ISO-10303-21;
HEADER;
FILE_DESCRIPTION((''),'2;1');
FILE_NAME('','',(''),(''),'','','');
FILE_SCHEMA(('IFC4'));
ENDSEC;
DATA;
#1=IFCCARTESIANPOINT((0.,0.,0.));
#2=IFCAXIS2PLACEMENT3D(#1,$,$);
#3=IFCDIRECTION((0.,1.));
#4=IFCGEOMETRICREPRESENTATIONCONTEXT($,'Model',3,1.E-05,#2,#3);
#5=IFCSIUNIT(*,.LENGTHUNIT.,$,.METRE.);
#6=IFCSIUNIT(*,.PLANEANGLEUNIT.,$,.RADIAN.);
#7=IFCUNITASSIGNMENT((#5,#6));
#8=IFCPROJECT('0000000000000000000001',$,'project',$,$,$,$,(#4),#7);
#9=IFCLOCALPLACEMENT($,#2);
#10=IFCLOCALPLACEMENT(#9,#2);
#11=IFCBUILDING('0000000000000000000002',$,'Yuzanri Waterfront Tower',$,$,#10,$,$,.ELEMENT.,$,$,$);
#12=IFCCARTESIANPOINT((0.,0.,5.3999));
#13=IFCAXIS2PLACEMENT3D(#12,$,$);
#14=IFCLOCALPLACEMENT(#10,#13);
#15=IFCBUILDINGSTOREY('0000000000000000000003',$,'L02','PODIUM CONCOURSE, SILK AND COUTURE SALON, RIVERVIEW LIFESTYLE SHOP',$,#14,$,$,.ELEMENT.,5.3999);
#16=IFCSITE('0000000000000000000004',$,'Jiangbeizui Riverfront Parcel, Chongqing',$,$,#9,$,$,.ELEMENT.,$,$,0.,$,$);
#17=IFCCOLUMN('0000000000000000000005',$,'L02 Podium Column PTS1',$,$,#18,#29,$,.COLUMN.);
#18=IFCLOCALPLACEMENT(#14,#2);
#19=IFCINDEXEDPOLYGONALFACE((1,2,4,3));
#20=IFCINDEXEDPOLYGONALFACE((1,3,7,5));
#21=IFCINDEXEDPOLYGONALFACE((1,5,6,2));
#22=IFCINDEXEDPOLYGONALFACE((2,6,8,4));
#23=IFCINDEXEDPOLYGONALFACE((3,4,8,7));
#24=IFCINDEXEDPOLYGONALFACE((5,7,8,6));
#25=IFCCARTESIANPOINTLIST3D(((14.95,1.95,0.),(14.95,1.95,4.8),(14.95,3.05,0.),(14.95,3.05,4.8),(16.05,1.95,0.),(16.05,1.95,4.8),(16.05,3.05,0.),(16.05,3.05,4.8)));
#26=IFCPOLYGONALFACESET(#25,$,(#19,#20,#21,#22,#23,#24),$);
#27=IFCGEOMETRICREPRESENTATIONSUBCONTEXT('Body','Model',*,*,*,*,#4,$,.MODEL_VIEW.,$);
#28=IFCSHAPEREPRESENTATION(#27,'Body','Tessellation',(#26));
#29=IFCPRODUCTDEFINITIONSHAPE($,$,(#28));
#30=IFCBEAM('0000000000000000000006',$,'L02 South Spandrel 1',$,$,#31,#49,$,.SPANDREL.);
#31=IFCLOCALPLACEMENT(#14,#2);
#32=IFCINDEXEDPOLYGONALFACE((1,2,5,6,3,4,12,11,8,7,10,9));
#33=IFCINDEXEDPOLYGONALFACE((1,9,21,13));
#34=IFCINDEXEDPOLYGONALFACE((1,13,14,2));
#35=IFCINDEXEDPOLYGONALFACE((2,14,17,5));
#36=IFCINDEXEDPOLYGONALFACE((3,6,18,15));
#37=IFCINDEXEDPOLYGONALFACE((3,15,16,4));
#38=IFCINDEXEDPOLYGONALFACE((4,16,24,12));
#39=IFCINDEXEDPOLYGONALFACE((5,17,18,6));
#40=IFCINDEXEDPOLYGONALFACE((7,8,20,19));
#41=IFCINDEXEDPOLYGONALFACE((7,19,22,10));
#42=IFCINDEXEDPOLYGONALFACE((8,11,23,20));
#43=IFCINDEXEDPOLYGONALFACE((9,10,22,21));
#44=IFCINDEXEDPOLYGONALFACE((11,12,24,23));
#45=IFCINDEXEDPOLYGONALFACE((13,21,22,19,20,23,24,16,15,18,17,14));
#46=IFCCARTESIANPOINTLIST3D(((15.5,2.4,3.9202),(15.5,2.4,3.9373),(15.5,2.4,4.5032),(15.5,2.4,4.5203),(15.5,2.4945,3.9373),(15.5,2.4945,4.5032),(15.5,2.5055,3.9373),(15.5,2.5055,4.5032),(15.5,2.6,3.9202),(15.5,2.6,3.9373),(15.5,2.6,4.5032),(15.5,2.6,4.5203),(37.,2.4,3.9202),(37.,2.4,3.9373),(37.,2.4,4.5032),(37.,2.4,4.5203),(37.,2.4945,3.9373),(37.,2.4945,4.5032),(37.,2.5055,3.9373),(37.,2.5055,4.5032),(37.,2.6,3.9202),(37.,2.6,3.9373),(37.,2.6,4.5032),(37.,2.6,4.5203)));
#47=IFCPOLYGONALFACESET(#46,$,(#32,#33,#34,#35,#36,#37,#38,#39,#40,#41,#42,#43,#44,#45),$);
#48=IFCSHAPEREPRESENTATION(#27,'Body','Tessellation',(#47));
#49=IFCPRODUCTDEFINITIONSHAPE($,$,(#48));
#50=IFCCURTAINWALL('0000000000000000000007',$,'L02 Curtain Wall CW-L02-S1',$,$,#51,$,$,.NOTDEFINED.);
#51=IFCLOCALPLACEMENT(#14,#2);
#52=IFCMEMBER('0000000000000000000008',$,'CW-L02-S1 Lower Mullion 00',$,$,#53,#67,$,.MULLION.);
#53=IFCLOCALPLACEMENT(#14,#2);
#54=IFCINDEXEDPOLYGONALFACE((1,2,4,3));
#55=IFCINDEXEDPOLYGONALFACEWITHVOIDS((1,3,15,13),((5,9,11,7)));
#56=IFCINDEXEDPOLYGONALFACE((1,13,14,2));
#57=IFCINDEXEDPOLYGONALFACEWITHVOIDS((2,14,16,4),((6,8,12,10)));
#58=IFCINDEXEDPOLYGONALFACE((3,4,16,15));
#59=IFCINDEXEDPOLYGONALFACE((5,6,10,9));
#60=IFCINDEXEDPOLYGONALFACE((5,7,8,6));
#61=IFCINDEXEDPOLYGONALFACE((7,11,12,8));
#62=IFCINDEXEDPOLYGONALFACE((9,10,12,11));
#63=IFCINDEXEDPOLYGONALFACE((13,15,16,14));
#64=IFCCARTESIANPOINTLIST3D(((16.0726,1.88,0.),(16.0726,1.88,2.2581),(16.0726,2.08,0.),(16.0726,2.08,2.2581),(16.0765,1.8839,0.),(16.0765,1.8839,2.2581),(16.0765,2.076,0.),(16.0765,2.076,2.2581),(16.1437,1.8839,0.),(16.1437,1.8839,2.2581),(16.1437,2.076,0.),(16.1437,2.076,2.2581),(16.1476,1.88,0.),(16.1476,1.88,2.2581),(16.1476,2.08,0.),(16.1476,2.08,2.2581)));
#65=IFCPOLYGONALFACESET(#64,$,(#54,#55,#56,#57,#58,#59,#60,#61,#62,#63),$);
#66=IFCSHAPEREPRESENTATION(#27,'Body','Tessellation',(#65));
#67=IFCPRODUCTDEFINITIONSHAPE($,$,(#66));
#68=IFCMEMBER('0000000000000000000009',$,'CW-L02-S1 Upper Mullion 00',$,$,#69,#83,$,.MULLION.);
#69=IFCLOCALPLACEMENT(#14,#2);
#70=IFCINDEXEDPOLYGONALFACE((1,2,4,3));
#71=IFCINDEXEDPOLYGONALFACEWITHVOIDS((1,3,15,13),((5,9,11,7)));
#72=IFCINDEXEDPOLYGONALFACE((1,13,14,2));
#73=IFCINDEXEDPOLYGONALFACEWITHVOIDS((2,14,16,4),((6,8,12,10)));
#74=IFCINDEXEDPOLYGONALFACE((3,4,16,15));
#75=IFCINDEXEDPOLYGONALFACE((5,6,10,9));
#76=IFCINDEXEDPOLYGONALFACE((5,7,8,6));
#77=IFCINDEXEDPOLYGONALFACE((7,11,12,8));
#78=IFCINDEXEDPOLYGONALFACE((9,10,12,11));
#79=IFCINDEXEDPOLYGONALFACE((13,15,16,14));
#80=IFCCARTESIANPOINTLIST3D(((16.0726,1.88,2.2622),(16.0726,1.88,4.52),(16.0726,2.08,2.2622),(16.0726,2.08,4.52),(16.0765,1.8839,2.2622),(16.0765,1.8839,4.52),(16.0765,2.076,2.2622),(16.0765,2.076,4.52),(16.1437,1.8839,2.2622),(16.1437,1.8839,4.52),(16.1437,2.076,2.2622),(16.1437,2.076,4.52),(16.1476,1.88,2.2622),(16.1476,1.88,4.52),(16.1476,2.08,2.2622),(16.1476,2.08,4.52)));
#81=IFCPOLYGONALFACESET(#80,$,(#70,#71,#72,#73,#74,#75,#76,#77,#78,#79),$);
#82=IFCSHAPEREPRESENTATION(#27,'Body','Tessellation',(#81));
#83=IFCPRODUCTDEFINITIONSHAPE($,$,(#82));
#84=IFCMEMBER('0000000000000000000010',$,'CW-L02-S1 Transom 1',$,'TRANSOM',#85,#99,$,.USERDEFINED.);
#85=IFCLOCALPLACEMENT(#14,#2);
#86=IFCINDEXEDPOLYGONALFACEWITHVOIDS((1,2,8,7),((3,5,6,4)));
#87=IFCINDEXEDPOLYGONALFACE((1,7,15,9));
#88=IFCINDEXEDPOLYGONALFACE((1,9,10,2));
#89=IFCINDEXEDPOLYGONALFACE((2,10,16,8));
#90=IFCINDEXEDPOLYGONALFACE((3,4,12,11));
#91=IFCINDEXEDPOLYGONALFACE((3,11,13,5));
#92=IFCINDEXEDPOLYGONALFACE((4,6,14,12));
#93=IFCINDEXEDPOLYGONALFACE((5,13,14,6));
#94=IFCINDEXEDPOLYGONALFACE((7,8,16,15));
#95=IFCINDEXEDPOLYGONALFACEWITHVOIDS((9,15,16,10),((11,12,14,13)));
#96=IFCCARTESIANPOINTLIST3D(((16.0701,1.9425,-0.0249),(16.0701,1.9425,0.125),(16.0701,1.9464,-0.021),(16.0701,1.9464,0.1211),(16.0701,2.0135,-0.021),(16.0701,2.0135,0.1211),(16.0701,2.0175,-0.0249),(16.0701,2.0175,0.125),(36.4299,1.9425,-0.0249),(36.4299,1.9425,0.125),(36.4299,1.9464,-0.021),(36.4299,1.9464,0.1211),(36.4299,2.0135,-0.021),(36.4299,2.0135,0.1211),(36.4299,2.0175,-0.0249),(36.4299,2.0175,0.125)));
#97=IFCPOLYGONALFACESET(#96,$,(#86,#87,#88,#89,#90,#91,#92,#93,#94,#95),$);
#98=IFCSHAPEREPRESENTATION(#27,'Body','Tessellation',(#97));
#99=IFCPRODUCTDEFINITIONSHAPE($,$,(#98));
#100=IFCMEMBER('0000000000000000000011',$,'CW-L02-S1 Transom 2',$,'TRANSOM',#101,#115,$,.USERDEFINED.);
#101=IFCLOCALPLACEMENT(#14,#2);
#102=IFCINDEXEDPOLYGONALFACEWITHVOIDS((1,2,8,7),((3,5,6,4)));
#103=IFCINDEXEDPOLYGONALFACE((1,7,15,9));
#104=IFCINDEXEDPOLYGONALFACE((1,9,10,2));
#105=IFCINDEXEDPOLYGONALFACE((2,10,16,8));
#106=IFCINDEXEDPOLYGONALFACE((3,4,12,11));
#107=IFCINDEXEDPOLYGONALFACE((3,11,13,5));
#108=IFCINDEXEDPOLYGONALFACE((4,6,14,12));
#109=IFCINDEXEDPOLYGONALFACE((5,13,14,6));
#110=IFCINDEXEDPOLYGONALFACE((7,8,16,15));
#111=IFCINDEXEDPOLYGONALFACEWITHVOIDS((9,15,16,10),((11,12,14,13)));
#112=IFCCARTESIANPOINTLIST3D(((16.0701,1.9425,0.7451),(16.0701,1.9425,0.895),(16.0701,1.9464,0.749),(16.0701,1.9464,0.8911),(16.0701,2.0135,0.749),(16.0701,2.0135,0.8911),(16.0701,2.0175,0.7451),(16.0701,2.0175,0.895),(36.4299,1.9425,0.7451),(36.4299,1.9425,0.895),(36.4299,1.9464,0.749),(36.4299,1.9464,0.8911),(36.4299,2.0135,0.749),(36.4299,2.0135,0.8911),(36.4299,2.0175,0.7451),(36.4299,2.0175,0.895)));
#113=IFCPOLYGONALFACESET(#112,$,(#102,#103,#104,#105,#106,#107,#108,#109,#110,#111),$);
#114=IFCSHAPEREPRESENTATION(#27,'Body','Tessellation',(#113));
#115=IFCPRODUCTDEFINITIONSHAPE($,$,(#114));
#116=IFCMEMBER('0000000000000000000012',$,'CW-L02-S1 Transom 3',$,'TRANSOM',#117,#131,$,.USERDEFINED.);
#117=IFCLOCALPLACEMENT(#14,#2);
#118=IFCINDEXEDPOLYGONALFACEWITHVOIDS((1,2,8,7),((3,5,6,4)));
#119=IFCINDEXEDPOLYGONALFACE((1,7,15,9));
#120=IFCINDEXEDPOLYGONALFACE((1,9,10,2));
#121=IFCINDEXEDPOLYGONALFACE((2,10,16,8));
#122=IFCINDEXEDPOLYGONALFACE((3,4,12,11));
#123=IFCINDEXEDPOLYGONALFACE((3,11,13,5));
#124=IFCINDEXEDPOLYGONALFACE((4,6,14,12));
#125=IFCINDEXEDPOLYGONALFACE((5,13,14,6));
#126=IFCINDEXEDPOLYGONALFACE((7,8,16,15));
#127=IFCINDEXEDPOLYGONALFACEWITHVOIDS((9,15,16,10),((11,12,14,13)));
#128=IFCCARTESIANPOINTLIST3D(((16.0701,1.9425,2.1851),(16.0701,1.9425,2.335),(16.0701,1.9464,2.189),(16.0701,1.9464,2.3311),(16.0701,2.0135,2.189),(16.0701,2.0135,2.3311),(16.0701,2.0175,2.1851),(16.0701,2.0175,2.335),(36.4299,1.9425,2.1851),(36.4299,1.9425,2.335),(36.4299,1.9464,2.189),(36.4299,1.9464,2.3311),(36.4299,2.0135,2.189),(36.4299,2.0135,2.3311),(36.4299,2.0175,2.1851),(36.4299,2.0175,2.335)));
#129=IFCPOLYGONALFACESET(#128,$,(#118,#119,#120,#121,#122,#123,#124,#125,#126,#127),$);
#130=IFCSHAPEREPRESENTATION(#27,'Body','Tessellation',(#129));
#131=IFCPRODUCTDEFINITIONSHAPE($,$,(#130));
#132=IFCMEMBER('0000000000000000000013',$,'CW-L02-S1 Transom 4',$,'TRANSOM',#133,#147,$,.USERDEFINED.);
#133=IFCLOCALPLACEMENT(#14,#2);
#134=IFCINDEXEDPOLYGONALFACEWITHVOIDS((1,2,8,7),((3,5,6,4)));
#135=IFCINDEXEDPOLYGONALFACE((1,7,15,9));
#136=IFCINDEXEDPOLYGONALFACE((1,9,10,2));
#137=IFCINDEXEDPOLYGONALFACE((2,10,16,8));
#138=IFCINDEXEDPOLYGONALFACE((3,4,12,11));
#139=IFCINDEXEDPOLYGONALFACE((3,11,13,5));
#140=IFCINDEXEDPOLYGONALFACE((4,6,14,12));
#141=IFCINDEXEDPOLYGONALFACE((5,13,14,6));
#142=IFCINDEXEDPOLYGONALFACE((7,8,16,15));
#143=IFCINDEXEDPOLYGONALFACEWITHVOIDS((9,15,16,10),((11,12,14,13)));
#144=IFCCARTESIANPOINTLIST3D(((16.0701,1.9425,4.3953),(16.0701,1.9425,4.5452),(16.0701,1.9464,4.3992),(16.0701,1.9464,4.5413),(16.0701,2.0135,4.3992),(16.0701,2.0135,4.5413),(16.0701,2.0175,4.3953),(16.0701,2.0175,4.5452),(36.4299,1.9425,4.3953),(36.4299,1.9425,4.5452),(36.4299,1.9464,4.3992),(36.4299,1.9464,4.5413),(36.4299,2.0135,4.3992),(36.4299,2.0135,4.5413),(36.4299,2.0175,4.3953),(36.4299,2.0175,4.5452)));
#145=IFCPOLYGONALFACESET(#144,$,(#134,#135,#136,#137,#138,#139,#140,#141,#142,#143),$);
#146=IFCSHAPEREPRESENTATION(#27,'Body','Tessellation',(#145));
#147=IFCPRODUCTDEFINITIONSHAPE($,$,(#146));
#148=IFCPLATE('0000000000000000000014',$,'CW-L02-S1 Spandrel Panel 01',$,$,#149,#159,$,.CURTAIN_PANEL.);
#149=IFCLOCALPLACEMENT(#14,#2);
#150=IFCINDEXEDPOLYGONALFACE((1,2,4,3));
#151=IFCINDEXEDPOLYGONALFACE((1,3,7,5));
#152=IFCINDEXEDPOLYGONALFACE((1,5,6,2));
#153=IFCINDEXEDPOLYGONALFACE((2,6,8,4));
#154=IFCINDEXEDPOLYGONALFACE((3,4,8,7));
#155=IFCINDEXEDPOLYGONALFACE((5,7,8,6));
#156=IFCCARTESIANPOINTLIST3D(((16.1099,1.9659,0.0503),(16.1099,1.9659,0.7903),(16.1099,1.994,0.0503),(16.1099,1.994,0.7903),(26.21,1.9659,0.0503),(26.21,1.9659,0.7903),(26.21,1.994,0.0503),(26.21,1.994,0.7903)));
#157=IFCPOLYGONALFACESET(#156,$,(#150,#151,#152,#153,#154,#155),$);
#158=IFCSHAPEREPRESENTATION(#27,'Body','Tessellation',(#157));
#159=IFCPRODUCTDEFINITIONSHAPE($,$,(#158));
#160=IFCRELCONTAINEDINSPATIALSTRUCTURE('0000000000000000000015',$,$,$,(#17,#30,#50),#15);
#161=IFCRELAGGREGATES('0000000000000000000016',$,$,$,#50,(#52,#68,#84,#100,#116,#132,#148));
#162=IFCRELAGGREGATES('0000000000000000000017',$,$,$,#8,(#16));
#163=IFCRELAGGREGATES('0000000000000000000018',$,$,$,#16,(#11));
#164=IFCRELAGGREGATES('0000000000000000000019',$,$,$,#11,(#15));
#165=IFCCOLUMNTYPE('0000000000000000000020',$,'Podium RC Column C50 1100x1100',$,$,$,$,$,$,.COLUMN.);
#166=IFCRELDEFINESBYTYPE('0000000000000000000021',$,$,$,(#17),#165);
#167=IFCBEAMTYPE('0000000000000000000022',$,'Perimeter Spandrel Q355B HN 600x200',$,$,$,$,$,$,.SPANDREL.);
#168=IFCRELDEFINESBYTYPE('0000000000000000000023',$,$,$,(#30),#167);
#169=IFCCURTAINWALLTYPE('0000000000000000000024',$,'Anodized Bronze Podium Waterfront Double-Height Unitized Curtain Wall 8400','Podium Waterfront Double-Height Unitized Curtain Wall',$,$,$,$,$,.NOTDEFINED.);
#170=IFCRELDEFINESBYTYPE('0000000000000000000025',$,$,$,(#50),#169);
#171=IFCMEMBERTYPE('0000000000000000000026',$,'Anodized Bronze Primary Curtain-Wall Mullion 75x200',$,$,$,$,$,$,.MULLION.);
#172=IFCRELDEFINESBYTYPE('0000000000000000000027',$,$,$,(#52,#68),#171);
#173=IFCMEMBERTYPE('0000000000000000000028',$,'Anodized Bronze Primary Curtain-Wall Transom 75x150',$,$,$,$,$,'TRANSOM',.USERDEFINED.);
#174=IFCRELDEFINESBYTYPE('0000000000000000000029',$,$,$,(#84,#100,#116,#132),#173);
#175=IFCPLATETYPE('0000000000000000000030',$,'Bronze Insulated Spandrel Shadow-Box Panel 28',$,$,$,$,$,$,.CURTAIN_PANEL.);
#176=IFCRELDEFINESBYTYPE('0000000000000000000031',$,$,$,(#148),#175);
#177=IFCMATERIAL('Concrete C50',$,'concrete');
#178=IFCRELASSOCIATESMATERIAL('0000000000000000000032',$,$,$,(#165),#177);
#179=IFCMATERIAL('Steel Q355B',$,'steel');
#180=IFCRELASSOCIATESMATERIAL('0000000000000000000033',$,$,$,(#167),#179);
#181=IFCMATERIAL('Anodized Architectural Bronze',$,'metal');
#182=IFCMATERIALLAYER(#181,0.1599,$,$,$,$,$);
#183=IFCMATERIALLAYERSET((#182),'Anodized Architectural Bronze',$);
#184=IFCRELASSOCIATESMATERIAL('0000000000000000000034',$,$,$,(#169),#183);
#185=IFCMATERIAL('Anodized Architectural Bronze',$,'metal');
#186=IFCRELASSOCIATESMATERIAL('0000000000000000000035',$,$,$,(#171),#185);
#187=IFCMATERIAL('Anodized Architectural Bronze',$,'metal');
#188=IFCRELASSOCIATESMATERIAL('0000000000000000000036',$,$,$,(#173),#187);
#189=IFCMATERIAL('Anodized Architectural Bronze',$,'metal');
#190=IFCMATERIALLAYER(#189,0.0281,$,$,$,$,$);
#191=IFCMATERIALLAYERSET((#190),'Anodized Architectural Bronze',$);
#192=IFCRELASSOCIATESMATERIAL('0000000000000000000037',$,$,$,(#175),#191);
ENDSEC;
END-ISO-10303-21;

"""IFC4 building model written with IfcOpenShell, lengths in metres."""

from ifc_helpers import new_model, si_unit, direction, frame, origin, origin_2d, place, context, subcontext, project, spatial, rectangle, hollow_rectangle, i_section, extrude, source, transform, mapped, material, layer, layer_set, material_profile, profile_set, type_object, element, aggregate, save


model = new_model("IFC4")

# Units and contexts
model_context = context("Model", 3, precision=1e-05, world=origin(), true_north=direction((0.0, 1.0)))
body_context = subcontext(model_context, "Body", "Model", "MODEL_VIEW")
ifc_project = project(units=[si_unit("LENGTHUNIT", "METRE"), si_unit("PLANEANGLEUNIT", "RADIAN")], contexts=[model_context])

# Site, building, storey
site_placement = place(None, origin())
site = spatial("IfcSite", under=ifc_project, at=site_placement, Name="Jiangbeizui Riverfront Parcel, Chongqing", CompositionType="ELEMENT", RefElevation=0.0)
building_placement = place(site_placement, origin())
building = spatial("IfcBuilding", under=site, at=building_placement, Name="Yuzanri Waterfront Tower", CompositionType="ELEMENT")
storey_placement = place(building_placement, frame((0.0, 0.0, 5.3999)))
storey = spatial("IfcBuildingStorey", under=building, at=storey_placement, Name="L02", Description="PODIUM CONCOURSE, SILK AND COUTURE SALON, RIVERVIEW LIFESTYLE SHOP", CompositionType="ELEMENT", Elevation=5.3999)

# Column
ifc_material_1 = material(Name="Concrete C50", Category="concrete")
ifc_material_profile_1 = material_profile(ifc_material_1, rectangle(XDim=1.1001, YDim=1.1001, at=origin_2d()), Name="RC 1100x1100")
ifc_profile_set_1 = profile_set([ifc_material_profile_1], Name="Concrete C50")
column_type = type_object("IfcColumnType", Name="Podium RC Column C50 1100x1100", PredefinedType="COLUMN", material=ifc_profile_set_1)
shared_shape_1 = source(origin(), body_context, "Body", "SweptSolid", [
    extrude(rectangle(XDim=1.1001, YDim=1.1001, at=origin_2d()), origin(), (0.0, 0.0, 1.0), 4.8),
])
column_placement = place(storey_placement, frame((15.5, 2.5, 0.0), z_axis=(0.0, 0.0, 1.0), x_axis=(1.0, 0.0, 0.0)))
element("IfcColumn", 1, at=column_placement, inside=storey, type_object=column_type, Name="L02 Podium Column PTS1", PredefinedType="COLUMN", context=body_context, shape_type="MappedRepresentation", body=[
    mapped(shared_shape_1, transform((0.0, 0.0, 0.0), scale=1.0)),
])

# Beam
ifc_material_2 = material(Name="Steel Q355B", Category="steel")
ifc_material_profile_2 = material_profile(ifc_material_2, i_section(OverallWidth=0.2, OverallDepth=0.6001, WebThickness=0.011, FlangeThickness=0.0171, at=origin_2d()), Name="HN 600x200x11x17")
ifc_profile_set_2 = profile_set([ifc_material_profile_2], Name="Steel Q355B")
beam_type = type_object("IfcBeamType", Name="Perimeter Spandrel Q355B HN 600x200", PredefinedType="SPANDREL", material=ifc_profile_set_2)
shared_shape_2 = source(origin(), body_context, "Body", "SweptSolid", [
    extrude(i_section(OverallWidth=0.2, OverallDepth=0.6001, WebThickness=0.011, FlangeThickness=0.0171, at=origin_2d()), origin(), (0.0, 0.0, 1.0), 21.5),
])
beam_placement = place(storey_placement, frame((15.5, 2.5, 4.2202), z_axis=(1.0, 0.0, 0.0), x_axis=(0.0, 1.0, 0.0)))
element("IfcBeam", 2, at=beam_placement, inside=storey, type_object=beam_type, Name="L02 South Spandrel 1", PredefinedType="SPANDREL", context=body_context, shape_type="MappedRepresentation", body=[
    mapped(shared_shape_2, transform((0.0, 0.0, 0.0), scale=1.0)),
])

# Curtain wall, members, plate
ifc_material_3 = material(Name="Anodized Architectural Bronze", Category="metal")
ifc_layer_1 = layer(ifc_material_3, 0.1599)
ifc_layer_set_1 = layer_set([ifc_layer_1], Name="Anodized Architectural Bronze")
curtain_wall_type = type_object("IfcCurtainWallType", Name="Anodized Bronze Podium Waterfront Double-Height Unitized Curtain Wall 8400", Description="Podium Waterfront Double-Height Unitized Curtain Wall", PredefinedType="NOTDEFINED", material=ifc_layer_set_1)
curtain_wall_placement = place(storey_placement, origin())
curtain_wall = element("IfcCurtainWall", 3, at=curtain_wall_placement, inside=storey, type_object=curtain_wall_type, Name="L02 Curtain Wall CW-L02-S1", PredefinedType="NOTDEFINED")
ifc_material_4 = material(Name="Anodized Architectural Bronze", Category="metal")
ifc_material_profile_3 = material_profile(ifc_material_4, hollow_rectangle(XDim=0.075, YDim=0.2, WallThickness=0.0039, at=origin_2d()), Name="CWM 75x200")
ifc_profile_set_3 = profile_set([ifc_material_profile_3], Name="Anodized Architectural Bronze")
member_type_1 = type_object("IfcMemberType", Name="Anodized Bronze Primary Curtain-Wall Mullion 75x200", PredefinedType="MULLION", material=ifc_profile_set_3)
shared_shape_3 = source(origin(), body_context, "Body", "SweptSolid", [
    extrude(hollow_rectangle(XDim=0.075, YDim=0.2, WallThickness=0.0039, at=origin_2d()), origin(), (0.0, 0.0, 1.0), 2.2581),
])
member_1_placement = place(storey_placement, frame((16.1101, 1.98, 0.0), z_axis=(0.0, 0.0, 1.0), x_axis=(1.0, 0.0, 0.0)))
member_1 = element("IfcMember", 4, at=member_1_placement, type_object=member_type_1, Name="CW-L02-S1 Lower Mullion 00", PredefinedType="MULLION", context=body_context, shape_type="MappedRepresentation", body=[
    mapped(shared_shape_3, transform((0.0, 0.0, 0.0), scale=1.0)),
])
shared_shape_4 = source(origin(), body_context, "Body", "SweptSolid", [
    extrude(hollow_rectangle(XDim=0.075, YDim=0.2, WallThickness=0.0039, at=origin_2d()), origin(), (0.0, 0.0, 1.0), 2.2578),
])
member_2_placement = place(storey_placement, frame((16.1101, 1.98, 2.2622), z_axis=(0.0, 0.0, 1.0), x_axis=(1.0, 0.0, 0.0)))
member_2 = element("IfcMember", 5, at=member_2_placement, type_object=member_type_1, Name="CW-L02-S1 Upper Mullion 00", PredefinedType="MULLION", context=body_context, shape_type="MappedRepresentation", body=[
    mapped(shared_shape_4, transform((0.0, 0.0, 0.0), scale=1.0)),
])
ifc_material_5 = material(Name="Anodized Architectural Bronze", Category="metal")
ifc_material_profile_4 = material_profile(ifc_material_5, hollow_rectangle(XDim=0.075, YDim=0.1499, WallThickness=0.0039, at=origin_2d()), Name="CWT 75x150")
ifc_profile_set_4 = profile_set([ifc_material_profile_4], Name="Anodized Architectural Bronze")
member_type_2 = type_object("IfcMemberType", Name="Anodized Bronze Primary Curtain-Wall Transom 75x150", ElementType="TRANSOM", PredefinedType="USERDEFINED", material=ifc_profile_set_4)
shared_shape_5 = source(origin(), body_context, "Body", "SweptSolid", [
    extrude(hollow_rectangle(XDim=0.075, YDim=0.1499, WallThickness=0.0039, at=origin_2d()), origin(), (0.0, 0.0, 1.0), 20.3599),
])
member_3_placement = place(storey_placement, frame((16.0701, 1.98, 0.05), z_axis=(1.0, 0.0, 0.0), x_axis=(0.0, 1.0, 0.0)))
member_3 = element("IfcMember", 6, at=member_3_placement, type_object=member_type_2, Name="CW-L02-S1 Transom 1", ObjectType="TRANSOM", PredefinedType="USERDEFINED", context=body_context, shape_type="MappedRepresentation", body=[
    mapped(shared_shape_5, transform((0.0, 0.0, 0.0), scale=1.0)),
])
member_4_placement = place(storey_placement, frame((16.0701, 1.98, 0.8201), z_axis=(1.0, 0.0, 0.0), x_axis=(0.0, 1.0, 0.0)))
member_4 = element("IfcMember", 7, at=member_4_placement, type_object=member_type_2, Name="CW-L02-S1 Transom 2", ObjectType="TRANSOM", PredefinedType="USERDEFINED", context=body_context, shape_type="MappedRepresentation", body=[
    mapped(shared_shape_5, transform((0.0, 0.0, 0.0), scale=1.0)),
])
member_5_placement = place(storey_placement, frame((16.0701, 1.98, 2.26), z_axis=(1.0, 0.0, 0.0), x_axis=(0.0, 1.0, 0.0)))
member_5 = element("IfcMember", 8, at=member_5_placement, type_object=member_type_2, Name="CW-L02-S1 Transom 3", ObjectType="TRANSOM", PredefinedType="USERDEFINED", context=body_context, shape_type="MappedRepresentation", body=[
    mapped(shared_shape_5, transform((0.0, 0.0, 0.0), scale=1.0)),
])
member_6_placement = place(storey_placement, frame((16.0701, 1.98, 4.4702), z_axis=(1.0, 0.0, 0.0), x_axis=(0.0, 1.0, 0.0)))
member_6 = element("IfcMember", 9, at=member_6_placement, type_object=member_type_2, Name="CW-L02-S1 Transom 4", ObjectType="TRANSOM", PredefinedType="USERDEFINED", context=body_context, shape_type="MappedRepresentation", body=[
    mapped(shared_shape_5, transform((0.0, 0.0, 0.0), scale=1.0)),
])
ifc_material_6 = material(Name="Anodized Architectural Bronze", Category="metal")
ifc_layer_2 = layer(ifc_material_6, 0.0281)
ifc_layer_set_2 = layer_set([ifc_layer_2], Name="Anodized Architectural Bronze")
plate_type = type_object("IfcPlateType", Name="Bronze Insulated Spandrel Shadow-Box Panel 28", PredefinedType="CURTAIN_PANEL", material=ifc_layer_set_2)
shared_shape_6 = source(origin(), body_context, "Body", "SweptSolid", [
    extrude(rectangle(XDim=10.1001, YDim=0.0281, at=origin_2d()), origin(), (0.0, 0.0, 1.0), 0.74),
])
plate_placement = place(storey_placement, frame((21.1599, 1.98, 0.0503), z_axis=(0.0, 0.0, 1.0), x_axis=(1.0, 0.0, 0.0)))
plate = element("IfcPlate", 10, at=plate_placement, type_object=plate_type, Name="CW-L02-S1 Spandrel Panel 01", PredefinedType="CURTAIN_PANEL", context=body_context, shape_type="MappedRepresentation", body=[
    mapped(shared_shape_6, transform((0.0, 0.0, 0.0), scale=1.0)),
])
aggregate(curtain_wall, [member_1, member_2, member_3, member_4, member_5, member_6, plate])

save(model, "model.ifc")
